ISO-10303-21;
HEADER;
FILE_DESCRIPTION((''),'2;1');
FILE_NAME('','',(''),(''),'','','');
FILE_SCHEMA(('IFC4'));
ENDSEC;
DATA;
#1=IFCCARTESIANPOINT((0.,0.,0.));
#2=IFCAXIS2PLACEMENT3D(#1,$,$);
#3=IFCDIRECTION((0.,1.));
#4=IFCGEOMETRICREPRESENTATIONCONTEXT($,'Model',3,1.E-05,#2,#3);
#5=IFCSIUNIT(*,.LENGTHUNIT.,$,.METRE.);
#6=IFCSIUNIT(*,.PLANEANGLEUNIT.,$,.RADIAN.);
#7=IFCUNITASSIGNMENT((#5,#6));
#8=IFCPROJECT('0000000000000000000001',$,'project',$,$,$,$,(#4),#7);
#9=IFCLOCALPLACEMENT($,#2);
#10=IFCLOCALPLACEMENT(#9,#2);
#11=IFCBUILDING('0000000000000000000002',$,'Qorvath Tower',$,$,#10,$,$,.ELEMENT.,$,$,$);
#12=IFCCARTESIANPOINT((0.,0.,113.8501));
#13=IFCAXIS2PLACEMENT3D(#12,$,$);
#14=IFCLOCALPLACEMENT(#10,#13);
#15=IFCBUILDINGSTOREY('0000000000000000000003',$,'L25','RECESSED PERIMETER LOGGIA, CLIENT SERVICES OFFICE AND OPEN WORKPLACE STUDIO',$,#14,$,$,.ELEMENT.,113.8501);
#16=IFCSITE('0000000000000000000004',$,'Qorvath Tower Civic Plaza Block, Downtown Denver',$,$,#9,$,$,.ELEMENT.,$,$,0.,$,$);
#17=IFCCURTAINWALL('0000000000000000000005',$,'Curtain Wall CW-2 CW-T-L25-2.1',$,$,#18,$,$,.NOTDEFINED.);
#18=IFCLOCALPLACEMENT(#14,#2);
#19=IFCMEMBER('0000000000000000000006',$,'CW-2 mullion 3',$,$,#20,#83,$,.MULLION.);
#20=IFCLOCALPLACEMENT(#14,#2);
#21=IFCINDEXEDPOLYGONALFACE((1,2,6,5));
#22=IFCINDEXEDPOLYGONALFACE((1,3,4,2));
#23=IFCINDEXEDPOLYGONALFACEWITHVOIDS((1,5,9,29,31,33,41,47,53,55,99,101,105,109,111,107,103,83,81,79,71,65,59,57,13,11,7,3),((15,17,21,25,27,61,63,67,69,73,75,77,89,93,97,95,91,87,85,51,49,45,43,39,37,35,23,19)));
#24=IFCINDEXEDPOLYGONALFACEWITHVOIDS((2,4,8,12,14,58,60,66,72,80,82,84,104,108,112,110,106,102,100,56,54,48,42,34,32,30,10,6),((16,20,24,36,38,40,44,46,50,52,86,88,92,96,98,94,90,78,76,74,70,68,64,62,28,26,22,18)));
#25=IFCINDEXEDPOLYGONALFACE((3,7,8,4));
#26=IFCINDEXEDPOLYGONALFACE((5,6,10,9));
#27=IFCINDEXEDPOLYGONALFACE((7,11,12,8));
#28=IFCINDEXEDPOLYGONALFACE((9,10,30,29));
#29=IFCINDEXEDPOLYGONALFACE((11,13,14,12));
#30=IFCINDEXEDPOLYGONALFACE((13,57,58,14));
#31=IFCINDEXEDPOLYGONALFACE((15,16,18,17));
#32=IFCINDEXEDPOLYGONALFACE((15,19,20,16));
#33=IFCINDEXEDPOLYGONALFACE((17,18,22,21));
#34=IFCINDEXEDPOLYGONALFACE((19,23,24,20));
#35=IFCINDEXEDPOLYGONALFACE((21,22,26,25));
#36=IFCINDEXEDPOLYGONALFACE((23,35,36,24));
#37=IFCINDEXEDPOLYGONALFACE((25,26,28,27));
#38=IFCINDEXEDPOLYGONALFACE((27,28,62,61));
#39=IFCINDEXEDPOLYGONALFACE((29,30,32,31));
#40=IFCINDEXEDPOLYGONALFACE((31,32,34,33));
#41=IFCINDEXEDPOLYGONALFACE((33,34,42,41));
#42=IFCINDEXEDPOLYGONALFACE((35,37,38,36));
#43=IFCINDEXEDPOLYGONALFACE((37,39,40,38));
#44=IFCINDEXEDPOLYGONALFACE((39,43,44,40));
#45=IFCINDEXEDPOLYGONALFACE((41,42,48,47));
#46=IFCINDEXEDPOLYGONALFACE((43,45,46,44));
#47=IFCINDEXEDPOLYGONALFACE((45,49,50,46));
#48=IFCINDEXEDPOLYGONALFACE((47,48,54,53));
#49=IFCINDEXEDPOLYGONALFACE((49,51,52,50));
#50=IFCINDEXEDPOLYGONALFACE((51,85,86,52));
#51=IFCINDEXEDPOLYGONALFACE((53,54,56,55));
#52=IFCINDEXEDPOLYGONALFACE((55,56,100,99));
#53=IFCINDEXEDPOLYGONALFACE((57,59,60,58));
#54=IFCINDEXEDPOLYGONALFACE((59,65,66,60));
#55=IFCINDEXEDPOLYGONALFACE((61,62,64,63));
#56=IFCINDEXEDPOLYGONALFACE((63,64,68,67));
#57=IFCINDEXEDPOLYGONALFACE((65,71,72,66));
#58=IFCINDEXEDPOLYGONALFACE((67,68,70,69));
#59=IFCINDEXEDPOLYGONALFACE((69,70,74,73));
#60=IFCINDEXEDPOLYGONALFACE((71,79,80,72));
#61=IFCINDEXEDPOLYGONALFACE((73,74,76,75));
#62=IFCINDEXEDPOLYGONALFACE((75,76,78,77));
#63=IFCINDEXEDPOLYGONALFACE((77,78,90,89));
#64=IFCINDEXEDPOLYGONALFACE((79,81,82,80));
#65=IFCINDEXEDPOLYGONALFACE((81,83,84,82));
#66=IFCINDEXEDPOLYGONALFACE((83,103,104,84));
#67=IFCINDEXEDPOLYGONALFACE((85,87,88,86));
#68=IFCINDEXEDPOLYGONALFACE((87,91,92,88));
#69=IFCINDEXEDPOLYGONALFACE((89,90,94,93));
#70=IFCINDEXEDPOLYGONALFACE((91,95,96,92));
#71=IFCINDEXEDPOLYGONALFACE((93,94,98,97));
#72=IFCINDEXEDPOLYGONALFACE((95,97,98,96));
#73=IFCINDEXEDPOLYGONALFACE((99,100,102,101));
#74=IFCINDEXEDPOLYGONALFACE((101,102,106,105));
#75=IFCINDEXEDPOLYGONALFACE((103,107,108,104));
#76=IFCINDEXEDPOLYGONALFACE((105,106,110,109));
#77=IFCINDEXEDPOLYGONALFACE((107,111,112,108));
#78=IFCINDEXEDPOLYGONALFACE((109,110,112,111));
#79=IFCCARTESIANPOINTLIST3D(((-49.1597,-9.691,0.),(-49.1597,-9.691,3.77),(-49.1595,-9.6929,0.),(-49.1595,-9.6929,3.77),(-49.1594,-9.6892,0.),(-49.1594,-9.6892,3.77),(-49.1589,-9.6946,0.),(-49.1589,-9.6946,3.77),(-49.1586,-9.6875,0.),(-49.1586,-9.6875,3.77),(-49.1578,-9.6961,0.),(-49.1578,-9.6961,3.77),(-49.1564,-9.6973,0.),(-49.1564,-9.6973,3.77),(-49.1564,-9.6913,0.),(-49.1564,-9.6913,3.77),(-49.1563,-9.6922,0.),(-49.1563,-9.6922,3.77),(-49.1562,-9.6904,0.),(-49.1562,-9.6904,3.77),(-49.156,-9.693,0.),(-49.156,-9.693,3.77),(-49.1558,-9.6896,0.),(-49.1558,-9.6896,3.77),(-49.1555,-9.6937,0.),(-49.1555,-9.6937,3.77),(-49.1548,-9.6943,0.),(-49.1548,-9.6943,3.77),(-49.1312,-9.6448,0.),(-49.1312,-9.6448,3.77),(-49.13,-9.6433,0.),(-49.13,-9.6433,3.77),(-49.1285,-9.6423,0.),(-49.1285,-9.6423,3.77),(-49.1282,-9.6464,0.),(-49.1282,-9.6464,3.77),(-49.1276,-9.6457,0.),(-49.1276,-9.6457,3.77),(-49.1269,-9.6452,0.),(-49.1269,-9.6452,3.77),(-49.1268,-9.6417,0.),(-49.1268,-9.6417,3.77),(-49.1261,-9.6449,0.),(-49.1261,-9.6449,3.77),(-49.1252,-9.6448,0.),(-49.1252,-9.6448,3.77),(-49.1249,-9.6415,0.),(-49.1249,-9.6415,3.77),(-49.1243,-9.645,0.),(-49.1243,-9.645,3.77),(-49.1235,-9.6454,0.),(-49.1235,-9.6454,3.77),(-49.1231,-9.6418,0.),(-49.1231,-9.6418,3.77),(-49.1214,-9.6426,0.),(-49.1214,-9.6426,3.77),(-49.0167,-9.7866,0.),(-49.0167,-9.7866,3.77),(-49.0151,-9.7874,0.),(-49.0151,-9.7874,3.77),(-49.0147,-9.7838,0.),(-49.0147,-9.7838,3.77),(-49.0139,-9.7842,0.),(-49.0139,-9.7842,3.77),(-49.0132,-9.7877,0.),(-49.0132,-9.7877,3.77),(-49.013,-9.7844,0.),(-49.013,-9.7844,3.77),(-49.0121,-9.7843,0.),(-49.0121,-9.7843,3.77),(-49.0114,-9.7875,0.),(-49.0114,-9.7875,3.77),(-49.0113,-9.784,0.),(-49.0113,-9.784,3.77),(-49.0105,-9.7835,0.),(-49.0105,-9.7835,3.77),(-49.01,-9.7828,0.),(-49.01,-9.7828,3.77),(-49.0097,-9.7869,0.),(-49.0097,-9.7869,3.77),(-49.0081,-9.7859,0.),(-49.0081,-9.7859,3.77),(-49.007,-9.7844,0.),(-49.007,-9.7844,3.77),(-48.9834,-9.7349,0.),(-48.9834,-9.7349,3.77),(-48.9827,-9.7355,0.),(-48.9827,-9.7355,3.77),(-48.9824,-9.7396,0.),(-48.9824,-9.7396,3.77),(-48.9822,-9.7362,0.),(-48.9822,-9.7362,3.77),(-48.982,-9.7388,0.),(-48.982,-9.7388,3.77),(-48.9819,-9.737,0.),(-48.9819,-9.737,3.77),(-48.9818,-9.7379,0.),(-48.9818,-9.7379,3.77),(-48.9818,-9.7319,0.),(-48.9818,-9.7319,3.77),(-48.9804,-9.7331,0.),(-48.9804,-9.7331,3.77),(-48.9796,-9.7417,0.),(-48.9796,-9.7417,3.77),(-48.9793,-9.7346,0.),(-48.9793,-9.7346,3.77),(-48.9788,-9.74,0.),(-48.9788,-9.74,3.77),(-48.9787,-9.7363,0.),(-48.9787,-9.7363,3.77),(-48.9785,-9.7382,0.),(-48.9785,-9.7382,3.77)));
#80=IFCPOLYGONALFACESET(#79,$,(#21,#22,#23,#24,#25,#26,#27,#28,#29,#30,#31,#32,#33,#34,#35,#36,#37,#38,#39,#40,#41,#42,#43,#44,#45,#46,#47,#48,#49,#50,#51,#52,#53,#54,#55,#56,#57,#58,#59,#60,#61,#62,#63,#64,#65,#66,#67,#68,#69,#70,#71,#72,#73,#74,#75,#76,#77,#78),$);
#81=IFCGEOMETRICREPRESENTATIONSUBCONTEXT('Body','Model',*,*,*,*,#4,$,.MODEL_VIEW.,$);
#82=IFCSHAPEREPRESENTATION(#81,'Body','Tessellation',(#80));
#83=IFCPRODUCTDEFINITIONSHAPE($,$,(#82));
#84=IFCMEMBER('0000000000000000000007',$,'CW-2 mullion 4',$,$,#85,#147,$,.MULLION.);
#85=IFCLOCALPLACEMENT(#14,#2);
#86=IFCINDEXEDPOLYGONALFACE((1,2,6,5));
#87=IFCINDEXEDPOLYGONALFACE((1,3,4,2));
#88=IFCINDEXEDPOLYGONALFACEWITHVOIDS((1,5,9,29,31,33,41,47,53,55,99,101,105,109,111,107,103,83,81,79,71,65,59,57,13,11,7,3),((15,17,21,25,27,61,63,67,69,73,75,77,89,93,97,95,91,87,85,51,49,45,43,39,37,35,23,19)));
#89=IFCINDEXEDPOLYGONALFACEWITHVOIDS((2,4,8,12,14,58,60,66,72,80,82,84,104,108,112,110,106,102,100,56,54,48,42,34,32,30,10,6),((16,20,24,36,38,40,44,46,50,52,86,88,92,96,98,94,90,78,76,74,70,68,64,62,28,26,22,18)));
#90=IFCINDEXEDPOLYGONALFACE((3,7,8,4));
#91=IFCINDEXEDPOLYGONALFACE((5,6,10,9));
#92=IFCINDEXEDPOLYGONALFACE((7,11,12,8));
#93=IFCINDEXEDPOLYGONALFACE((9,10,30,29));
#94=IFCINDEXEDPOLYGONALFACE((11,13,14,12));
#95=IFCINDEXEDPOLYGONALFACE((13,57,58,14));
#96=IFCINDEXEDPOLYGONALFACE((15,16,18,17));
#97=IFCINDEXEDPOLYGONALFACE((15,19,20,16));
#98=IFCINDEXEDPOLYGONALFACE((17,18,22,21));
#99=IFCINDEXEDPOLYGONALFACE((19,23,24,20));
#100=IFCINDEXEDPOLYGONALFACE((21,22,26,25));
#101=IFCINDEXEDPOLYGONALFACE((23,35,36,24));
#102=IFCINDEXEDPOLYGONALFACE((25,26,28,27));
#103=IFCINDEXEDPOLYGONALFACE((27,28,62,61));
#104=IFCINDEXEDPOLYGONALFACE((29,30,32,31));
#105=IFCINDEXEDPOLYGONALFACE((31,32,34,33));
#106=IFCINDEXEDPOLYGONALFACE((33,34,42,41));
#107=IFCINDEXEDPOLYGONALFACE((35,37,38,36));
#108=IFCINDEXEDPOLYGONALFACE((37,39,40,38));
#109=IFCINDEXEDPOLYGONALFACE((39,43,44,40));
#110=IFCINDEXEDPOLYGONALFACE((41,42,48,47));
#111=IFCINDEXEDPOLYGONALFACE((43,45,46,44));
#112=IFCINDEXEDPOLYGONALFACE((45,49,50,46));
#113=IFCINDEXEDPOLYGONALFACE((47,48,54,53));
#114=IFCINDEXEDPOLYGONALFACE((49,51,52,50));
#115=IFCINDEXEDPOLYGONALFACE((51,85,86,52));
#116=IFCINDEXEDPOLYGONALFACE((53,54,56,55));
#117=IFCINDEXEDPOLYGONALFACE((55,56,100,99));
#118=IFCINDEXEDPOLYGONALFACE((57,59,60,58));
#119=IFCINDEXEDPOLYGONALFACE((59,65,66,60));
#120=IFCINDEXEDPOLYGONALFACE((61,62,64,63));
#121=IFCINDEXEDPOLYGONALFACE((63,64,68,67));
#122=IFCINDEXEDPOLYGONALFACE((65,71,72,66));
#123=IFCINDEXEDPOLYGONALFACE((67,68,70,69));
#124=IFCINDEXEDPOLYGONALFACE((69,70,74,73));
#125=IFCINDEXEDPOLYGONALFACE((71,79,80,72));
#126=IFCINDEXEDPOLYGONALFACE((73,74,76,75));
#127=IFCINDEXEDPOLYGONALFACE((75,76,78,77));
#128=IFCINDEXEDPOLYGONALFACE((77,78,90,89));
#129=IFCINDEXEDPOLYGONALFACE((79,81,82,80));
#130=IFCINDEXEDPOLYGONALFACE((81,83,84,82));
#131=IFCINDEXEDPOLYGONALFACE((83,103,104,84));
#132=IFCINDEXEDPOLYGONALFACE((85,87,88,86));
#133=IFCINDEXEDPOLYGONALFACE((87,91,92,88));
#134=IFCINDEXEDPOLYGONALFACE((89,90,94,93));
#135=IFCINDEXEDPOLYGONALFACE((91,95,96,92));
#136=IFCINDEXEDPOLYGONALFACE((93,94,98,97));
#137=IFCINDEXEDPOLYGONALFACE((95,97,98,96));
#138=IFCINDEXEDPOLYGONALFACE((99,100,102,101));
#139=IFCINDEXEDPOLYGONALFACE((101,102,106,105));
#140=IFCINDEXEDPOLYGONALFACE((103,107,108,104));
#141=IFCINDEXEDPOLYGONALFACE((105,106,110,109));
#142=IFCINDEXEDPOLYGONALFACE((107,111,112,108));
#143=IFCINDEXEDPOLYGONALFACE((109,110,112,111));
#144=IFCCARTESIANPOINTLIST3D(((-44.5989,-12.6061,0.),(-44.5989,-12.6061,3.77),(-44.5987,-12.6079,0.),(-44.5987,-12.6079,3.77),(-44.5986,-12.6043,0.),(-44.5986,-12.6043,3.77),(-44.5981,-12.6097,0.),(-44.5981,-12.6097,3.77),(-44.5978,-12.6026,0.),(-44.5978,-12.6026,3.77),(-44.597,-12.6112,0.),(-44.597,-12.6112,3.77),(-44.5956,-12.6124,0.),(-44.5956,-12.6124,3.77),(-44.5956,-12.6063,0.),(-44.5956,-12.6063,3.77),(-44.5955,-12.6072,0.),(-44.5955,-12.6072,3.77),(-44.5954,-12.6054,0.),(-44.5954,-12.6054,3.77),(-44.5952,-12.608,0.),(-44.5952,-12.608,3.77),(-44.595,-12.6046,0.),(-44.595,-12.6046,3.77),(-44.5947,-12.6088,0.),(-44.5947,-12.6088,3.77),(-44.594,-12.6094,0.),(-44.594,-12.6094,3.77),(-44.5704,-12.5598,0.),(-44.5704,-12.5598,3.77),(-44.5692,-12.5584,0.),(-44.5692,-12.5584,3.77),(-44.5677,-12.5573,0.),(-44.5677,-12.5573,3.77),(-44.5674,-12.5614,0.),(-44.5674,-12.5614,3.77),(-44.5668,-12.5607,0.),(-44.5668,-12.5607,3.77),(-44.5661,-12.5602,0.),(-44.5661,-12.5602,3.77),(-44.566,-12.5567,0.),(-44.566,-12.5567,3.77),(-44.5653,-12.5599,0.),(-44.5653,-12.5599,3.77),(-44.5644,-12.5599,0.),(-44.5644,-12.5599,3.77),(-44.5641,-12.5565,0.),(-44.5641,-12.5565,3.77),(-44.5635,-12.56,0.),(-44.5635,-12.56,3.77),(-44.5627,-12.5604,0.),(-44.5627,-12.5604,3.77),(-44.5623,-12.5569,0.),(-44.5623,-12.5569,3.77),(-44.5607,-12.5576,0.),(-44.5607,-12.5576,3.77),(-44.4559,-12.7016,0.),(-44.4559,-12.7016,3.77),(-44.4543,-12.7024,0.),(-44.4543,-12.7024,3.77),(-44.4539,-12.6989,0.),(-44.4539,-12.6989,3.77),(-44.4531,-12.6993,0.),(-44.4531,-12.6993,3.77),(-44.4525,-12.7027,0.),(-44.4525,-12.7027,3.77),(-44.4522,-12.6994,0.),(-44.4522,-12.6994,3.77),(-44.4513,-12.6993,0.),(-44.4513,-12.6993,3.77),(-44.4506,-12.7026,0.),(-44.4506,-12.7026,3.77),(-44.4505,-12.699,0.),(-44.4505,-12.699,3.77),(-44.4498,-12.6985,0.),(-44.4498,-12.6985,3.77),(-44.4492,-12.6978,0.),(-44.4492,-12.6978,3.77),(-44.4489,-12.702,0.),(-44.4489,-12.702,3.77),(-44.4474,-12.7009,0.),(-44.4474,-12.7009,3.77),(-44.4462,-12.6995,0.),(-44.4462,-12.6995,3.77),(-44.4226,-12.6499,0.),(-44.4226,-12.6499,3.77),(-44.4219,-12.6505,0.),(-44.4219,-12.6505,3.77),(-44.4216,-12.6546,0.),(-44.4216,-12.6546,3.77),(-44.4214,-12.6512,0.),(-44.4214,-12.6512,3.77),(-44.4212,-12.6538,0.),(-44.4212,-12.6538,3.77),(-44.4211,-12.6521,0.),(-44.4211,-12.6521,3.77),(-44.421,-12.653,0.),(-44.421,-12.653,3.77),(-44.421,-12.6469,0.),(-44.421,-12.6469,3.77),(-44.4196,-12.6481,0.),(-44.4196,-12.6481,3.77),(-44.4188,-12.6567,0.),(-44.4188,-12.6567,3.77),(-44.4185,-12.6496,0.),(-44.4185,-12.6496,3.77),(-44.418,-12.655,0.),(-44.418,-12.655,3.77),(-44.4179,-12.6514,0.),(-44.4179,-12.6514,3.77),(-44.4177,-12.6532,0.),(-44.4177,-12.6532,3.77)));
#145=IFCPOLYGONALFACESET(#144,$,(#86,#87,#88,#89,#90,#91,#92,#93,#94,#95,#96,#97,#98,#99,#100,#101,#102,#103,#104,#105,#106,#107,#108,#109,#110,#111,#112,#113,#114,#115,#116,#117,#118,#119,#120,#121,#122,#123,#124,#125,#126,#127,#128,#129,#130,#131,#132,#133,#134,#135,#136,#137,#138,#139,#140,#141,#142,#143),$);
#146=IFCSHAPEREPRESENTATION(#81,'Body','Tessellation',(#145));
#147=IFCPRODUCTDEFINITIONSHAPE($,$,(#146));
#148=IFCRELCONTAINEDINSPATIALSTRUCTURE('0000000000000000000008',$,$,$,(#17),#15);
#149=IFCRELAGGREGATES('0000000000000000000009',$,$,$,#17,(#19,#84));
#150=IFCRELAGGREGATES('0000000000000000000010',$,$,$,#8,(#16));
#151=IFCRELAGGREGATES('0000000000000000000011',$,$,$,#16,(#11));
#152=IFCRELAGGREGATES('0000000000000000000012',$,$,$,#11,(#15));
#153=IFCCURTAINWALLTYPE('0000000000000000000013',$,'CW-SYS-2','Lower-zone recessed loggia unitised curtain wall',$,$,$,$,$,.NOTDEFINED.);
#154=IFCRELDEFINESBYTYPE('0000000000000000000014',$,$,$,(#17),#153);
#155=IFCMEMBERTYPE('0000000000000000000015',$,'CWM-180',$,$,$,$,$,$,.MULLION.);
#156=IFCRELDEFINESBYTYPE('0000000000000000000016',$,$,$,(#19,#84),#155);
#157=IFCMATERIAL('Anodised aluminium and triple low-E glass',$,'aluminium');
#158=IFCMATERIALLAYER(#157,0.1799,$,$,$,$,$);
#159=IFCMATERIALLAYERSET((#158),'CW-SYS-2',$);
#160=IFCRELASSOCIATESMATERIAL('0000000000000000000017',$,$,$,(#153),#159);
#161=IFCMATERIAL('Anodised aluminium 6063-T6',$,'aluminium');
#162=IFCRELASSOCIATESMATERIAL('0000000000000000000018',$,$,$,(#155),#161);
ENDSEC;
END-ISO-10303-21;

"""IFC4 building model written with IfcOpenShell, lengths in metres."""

from ifc_helpers import new_model, si_unit, direction, frame, origin, origin_2d, place, context, subcontext, project, spatial, hollow_rectangle, extrude, material, layer, layer_set, material_profile, profile_set, type_object, element, aggregate, save


model = new_model("IFC4")

# Units and contexts
model_context = context("Model", 3, precision=1e-05, world=origin(), true_north=direction((0.0, 1.0)))
body_context = subcontext(model_context, "Body", "Model", "MODEL_VIEW")
ifc_project = project(units=[si_unit("LENGTHUNIT", "METRE"), si_unit("PLANEANGLEUNIT", "RADIAN")], contexts=[model_context])

# Site, building, storey
site_placement = place(None, origin())
site = spatial("IfcSite", under=ifc_project, at=site_placement, Name="Qorvath Tower Civic Plaza Block, Downtown Denver", CompositionType="ELEMENT", RefElevation=0.0)
building_placement = place(site_placement, origin())
building = spatial("IfcBuilding", under=site, at=building_placement, Name="Qorvath Tower", CompositionType="ELEMENT")
storey_placement = place(building_placement, frame((0.0, 0.0, 113.8501)))
storey = spatial("IfcBuildingStorey", under=building, at=storey_placement, Name="L25", Description="RECESSED PERIMETER LOGGIA, CLIENT SERVICES OFFICE AND OPEN WORKPLACE STUDIO", CompositionType="ELEMENT", Elevation=113.8501)

# Curtain wall, members
ifc_material_1 = material(Name="Anodised aluminium and triple low-E glass", Category="aluminium")
ifc_layer_1 = layer(ifc_material_1, 0.1799)
ifc_layer_set_1 = layer_set([ifc_layer_1], Name="CW-SYS-2")
curtain_wall_type = type_object("IfcCurtainWallType", Name="CW-SYS-2", Description="Lower-zone recessed loggia unitised curtain wall", PredefinedType="NOTDEFINED", material=ifc_layer_set_1)
curtain_wall_placement = place(storey_placement, origin())
curtain_wall = element("IfcCurtainWall", 1, at=curtain_wall_placement, inside=storey, type_object=curtain_wall_type, Name="Curtain Wall CW-2 CW-T-L25-2.1", PredefinedType="NOTDEFINED")
ifc_material_2 = material(Name="Anodised aluminium 6063-T6", Category="aluminium")
ifc_material_profile_1 = material_profile(ifc_material_2, hollow_rectangle(XDim=0.0649, YDim=0.1799, WallThickness=0.0034, InnerFilletRadius=0.0034, OuterFilletRadius=0.0071, at=origin_2d()), Name="CWM 180x65")
ifc_profile_set_1 = profile_set([ifc_material_profile_1], Name="Anodised aluminium 6063-T6")
member_type_1 = type_object("IfcMemberType", Name="CWM-180", PredefinedType="MULLION", material=ifc_profile_set_1)
member_1_placement = place(storey_placement, frame((-49.0691, -9.7146, 0.0), z_axis=(0.0, 0.0, 1.0), x_axis=(0.53853, 0.842606, 0.0)))
member_1 = element("IfcMember", 2, at=member_1_placement, type_object=member_type_1, Name="CW-2 mullion 3", PredefinedType="MULLION", context=body_context, shape_type="SweptSolid", body=[
    extrude(hollow_rectangle(XDim=0.0649, YDim=0.1799, WallThickness=0.0034, InnerFilletRadius=0.0034, OuterFilletRadius=0.0071, at=origin_2d()), origin(), (0.0, 0.0, 1.0), 3.77),
])
member_2_placement = place(storey_placement, frame((-44.5083, -12.6296, 0.0), z_axis=(0.0, 0.0, 1.0), x_axis=(0.53853, 0.842606, 0.0)))
member_2 = element("IfcMember", 3, at=member_2_placement, type_object=member_type_1, Name="CW-2 mullion 4", PredefinedType="MULLION", context=body_context, shape_type="SweptSolid", body=[
    extrude(hollow_rectangle(XDim=0.0649, YDim=0.1799, WallThickness=0.0034, InnerFilletRadius=0.0034, OuterFilletRadius=0.0071, at=origin_2d()), origin(), (0.0, 0.0, 1.0), 3.77),
])
aggregate(curtain_wall, [member_1, member_2])

save(model, "model.ifc")
